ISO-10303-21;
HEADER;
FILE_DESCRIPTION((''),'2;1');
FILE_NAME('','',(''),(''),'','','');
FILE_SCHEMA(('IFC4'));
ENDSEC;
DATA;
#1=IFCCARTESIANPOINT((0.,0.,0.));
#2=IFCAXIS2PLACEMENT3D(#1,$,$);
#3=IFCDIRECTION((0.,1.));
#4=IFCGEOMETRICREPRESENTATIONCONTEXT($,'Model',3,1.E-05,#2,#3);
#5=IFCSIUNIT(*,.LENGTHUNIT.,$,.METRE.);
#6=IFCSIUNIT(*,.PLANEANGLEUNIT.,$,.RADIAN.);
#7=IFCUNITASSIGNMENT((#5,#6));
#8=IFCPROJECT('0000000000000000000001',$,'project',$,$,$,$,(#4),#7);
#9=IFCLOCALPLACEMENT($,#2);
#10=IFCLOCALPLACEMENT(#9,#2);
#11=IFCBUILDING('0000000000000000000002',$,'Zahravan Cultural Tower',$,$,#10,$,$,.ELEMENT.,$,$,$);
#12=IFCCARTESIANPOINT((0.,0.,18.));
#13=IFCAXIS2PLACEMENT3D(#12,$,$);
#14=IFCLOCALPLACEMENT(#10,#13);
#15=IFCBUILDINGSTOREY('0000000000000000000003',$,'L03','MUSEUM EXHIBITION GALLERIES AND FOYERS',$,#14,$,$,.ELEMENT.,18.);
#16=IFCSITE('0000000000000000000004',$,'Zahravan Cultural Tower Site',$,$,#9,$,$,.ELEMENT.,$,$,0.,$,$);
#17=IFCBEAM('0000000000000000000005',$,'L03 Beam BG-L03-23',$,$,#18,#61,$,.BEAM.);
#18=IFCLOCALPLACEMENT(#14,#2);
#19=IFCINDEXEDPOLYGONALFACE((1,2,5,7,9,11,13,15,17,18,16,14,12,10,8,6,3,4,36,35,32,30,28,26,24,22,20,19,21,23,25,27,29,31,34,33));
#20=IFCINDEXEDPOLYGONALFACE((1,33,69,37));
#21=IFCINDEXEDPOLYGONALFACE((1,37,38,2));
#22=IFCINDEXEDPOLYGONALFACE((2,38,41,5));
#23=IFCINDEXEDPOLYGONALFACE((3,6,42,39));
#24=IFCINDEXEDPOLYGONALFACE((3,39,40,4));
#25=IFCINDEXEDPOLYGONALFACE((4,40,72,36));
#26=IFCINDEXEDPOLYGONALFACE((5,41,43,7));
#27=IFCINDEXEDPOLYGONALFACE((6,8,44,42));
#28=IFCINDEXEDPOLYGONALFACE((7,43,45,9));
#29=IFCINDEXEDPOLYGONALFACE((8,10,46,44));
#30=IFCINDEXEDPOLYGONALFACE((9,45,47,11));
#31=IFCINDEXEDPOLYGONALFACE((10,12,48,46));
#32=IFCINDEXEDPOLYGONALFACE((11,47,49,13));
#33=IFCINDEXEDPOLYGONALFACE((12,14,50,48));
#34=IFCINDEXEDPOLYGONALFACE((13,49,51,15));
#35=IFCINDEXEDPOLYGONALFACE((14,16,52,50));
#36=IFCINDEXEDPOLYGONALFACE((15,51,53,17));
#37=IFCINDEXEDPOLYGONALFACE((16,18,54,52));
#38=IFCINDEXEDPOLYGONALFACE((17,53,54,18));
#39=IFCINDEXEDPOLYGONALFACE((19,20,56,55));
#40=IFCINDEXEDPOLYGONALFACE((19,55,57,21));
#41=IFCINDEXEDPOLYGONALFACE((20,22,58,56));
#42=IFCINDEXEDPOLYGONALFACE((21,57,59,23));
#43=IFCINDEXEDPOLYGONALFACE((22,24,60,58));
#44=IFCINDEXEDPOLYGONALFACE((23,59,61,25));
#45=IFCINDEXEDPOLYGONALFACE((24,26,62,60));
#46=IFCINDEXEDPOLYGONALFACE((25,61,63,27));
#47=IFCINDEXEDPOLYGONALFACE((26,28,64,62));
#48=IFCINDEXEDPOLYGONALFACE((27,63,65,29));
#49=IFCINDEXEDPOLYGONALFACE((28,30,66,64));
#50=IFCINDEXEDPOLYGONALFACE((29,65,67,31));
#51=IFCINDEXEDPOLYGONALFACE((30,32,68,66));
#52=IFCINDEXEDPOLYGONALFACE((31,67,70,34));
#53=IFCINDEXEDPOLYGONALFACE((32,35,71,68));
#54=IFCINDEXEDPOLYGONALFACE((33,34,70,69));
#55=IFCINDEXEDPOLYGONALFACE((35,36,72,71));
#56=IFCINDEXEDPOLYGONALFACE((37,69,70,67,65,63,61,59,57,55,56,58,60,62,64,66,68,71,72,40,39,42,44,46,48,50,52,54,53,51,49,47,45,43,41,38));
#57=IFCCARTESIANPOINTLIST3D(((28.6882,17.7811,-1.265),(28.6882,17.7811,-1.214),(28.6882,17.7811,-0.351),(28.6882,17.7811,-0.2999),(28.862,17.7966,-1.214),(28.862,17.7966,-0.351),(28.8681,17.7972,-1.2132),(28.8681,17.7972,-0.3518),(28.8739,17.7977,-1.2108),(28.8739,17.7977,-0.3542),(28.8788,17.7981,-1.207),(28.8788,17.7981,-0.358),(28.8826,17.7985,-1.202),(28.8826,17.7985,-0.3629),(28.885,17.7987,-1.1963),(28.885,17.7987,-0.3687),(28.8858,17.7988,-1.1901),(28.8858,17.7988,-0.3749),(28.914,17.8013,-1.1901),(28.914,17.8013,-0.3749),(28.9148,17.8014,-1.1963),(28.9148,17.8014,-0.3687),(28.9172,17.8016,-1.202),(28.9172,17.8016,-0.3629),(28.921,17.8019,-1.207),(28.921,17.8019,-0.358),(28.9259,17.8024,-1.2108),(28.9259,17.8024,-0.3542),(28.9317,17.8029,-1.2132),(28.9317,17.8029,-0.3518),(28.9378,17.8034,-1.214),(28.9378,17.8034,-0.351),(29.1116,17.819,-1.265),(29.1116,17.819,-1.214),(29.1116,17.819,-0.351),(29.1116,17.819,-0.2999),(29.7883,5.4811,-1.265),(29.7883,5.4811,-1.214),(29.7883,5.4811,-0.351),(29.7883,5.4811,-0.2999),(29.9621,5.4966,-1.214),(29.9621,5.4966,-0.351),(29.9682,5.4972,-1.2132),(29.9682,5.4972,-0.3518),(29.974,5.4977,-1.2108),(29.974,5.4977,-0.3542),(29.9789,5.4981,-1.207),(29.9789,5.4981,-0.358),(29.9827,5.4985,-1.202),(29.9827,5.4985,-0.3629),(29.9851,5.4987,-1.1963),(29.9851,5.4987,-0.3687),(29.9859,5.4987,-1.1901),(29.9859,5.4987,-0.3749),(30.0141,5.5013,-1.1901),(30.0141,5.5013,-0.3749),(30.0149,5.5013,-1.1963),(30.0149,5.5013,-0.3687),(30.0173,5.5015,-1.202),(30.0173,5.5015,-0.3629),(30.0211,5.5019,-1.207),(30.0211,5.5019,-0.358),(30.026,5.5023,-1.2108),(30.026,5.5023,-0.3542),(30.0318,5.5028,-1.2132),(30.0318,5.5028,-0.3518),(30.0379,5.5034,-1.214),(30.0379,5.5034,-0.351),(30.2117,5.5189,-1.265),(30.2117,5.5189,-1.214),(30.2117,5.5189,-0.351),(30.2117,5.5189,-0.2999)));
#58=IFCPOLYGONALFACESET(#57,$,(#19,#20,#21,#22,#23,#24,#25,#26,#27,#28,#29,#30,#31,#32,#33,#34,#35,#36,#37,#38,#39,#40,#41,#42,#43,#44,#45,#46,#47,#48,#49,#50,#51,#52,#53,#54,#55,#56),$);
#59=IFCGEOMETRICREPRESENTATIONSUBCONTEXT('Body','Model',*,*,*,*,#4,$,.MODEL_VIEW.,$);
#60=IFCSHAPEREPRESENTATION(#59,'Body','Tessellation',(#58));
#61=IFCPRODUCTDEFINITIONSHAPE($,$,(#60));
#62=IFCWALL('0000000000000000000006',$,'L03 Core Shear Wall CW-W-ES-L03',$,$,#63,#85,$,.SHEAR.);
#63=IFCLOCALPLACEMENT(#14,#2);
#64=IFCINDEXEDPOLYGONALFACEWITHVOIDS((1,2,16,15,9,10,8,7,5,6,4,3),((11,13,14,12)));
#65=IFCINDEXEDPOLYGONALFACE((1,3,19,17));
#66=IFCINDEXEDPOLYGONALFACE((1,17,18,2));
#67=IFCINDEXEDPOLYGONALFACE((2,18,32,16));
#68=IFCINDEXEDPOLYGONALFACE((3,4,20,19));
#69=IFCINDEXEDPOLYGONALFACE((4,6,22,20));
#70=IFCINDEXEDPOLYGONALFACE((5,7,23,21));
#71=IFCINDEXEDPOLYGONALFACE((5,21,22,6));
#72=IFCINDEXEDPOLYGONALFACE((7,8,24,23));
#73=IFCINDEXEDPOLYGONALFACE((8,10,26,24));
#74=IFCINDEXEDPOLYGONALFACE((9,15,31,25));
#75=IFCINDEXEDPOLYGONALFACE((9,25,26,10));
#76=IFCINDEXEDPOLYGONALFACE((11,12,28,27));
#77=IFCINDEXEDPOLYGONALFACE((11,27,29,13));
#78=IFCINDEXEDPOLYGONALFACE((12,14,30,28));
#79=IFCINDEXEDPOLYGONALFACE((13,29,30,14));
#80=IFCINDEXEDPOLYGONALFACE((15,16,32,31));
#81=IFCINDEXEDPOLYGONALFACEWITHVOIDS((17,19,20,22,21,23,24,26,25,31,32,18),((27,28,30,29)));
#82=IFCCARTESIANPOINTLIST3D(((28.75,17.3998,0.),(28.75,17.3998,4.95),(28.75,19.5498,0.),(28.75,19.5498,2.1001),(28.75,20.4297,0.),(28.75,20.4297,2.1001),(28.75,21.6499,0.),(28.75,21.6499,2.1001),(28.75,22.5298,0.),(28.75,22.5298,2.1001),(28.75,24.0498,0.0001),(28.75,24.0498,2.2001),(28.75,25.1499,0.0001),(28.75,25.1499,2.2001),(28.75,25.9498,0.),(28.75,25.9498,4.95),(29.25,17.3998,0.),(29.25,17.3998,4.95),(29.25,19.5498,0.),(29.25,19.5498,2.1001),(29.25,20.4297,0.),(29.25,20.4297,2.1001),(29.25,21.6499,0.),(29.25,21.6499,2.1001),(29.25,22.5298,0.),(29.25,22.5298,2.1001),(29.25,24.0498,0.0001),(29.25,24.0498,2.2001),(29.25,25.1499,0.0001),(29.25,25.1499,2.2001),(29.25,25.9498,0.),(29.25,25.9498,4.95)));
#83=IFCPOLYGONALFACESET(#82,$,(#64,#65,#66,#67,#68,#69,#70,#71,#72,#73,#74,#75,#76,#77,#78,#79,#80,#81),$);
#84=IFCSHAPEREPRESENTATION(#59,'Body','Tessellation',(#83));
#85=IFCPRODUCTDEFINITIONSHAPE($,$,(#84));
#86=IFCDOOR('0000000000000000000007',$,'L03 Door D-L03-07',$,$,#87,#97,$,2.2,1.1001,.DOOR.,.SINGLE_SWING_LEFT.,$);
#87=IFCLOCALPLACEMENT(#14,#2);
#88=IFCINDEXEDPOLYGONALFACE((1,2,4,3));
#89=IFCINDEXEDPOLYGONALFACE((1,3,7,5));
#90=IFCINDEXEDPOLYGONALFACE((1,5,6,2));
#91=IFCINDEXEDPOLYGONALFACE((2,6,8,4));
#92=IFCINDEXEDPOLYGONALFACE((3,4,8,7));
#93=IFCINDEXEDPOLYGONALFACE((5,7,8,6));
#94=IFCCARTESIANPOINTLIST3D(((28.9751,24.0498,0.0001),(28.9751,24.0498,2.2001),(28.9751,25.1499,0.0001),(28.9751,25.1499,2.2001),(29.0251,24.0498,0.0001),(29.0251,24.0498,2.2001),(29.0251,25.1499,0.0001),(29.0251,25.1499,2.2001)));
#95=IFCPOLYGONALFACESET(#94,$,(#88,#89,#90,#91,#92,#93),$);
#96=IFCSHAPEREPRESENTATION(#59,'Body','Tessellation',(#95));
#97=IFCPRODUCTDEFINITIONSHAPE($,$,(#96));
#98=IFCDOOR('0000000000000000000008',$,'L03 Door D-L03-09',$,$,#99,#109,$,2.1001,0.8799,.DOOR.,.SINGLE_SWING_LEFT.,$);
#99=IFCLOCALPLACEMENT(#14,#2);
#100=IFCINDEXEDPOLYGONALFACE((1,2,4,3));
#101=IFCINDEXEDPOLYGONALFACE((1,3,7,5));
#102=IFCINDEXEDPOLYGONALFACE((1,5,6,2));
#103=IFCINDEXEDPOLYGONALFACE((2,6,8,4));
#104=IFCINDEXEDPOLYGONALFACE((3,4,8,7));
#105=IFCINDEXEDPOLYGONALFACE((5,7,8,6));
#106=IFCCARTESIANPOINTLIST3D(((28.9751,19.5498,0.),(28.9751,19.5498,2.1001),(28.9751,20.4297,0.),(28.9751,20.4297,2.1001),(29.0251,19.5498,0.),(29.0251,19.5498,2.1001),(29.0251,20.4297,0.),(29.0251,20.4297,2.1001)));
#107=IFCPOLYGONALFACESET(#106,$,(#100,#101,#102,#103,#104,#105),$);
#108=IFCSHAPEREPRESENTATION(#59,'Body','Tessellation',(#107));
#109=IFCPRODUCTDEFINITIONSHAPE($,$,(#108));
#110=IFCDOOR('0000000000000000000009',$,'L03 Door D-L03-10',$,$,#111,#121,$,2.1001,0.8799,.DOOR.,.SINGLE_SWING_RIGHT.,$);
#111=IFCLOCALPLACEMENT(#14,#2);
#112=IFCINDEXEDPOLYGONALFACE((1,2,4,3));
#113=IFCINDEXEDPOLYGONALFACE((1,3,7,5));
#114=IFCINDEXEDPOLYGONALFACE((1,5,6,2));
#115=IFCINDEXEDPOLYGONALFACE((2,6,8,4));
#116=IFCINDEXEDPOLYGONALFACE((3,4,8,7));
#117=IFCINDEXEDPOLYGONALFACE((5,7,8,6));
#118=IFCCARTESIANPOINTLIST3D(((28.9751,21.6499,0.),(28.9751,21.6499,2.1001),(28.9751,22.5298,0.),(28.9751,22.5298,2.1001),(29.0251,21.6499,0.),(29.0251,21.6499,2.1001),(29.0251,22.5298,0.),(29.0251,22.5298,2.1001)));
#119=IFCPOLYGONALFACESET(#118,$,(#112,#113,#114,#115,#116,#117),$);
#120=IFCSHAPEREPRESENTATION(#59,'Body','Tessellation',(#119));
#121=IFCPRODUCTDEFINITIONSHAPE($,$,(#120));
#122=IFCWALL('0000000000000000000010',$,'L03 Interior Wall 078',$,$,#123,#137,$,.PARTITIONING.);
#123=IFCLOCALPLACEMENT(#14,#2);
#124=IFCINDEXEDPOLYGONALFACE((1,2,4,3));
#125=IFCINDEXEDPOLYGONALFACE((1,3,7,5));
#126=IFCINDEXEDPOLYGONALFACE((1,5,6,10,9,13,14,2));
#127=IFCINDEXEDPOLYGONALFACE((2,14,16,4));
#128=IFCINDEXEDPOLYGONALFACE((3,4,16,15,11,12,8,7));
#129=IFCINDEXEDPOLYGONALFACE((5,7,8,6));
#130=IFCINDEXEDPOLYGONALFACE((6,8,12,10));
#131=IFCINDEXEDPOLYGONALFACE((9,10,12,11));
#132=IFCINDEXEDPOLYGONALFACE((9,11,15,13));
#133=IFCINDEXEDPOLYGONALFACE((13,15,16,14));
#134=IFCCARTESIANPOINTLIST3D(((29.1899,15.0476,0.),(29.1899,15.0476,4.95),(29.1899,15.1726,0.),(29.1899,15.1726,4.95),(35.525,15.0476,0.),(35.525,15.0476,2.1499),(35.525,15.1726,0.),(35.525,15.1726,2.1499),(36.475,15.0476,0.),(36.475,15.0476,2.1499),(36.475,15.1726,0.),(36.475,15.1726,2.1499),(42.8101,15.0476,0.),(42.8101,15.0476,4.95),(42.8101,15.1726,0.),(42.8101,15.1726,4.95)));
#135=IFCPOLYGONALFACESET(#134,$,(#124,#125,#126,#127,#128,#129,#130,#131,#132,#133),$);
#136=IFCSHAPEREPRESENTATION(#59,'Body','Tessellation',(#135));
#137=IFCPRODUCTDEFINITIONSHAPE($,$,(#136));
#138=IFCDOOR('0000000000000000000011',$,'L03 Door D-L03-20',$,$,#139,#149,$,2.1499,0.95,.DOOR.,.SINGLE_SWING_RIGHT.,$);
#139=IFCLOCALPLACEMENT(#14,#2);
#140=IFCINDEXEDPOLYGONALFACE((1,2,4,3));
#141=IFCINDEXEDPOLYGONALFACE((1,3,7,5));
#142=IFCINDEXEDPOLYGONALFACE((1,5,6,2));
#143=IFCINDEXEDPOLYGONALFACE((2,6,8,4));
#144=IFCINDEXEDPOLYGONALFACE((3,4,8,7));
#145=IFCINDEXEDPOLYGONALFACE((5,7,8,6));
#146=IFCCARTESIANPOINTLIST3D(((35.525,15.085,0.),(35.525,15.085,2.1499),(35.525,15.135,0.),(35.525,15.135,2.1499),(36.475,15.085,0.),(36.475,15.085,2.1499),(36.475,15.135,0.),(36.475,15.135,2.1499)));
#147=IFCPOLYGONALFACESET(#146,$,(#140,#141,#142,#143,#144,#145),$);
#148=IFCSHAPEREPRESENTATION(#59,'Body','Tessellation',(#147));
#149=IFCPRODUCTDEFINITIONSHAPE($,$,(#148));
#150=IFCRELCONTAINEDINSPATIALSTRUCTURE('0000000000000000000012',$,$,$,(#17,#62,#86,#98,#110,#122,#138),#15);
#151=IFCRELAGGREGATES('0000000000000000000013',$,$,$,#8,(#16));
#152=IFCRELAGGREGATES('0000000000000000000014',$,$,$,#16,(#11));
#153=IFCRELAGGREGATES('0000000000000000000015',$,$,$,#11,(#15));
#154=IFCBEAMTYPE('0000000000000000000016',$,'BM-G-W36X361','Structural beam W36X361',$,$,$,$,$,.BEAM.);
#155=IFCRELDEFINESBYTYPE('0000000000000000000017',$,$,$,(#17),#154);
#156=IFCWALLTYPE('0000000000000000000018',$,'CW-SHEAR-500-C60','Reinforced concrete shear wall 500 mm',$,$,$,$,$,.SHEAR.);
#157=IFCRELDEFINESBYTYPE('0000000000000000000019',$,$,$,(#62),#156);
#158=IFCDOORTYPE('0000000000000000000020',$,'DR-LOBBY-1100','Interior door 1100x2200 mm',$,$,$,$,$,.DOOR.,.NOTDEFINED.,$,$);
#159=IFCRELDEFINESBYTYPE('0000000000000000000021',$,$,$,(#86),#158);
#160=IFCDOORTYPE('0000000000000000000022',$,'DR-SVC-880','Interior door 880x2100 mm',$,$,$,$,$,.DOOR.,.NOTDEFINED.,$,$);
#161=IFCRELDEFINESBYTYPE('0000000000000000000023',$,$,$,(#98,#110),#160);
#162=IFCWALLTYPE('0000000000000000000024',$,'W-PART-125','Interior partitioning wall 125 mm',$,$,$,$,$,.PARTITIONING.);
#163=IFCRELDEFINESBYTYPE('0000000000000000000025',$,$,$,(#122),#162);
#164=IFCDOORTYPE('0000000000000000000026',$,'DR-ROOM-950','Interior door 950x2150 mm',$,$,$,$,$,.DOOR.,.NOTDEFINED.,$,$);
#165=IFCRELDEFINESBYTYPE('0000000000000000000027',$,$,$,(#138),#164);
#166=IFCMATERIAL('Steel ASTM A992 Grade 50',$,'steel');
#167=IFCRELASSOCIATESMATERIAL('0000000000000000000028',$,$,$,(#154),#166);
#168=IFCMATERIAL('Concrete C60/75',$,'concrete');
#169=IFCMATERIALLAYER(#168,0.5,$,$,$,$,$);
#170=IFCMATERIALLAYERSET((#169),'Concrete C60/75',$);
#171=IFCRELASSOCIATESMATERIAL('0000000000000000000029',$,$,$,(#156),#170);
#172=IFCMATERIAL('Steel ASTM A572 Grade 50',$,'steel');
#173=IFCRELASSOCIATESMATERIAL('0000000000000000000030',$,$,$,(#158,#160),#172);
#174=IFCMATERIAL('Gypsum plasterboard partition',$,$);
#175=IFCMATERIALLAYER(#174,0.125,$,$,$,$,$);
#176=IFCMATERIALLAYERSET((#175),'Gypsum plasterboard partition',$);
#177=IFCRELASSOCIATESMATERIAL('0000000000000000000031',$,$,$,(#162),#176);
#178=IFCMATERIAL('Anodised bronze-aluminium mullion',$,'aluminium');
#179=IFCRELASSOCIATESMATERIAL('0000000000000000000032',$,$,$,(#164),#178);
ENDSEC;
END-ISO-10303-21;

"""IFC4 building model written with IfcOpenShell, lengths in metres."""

from ifc_helpers import new_model, si_unit, direction, frame, frame_2d, origin, origin_2d, place, context, subcontext, project, spatial, rectangle, i_section, extrude, source, transform, mapped, material, layer, layer_set, material_profile, profile_set, type_object, element, fill, save


model = new_model("IFC4")

# Units and contexts
model_context = context("Model", 3, precision=1e-05, world=origin(), true_north=direction((0.0, 1.0)))
body_context = subcontext(model_context, "Body", "Model", "MODEL_VIEW")
ifc_project = project(units=[si_unit("LENGTHUNIT", "METRE"), si_unit("PLANEANGLEUNIT", "RADIAN")], contexts=[model_context])

# Site, building, storey
site_placement = place(None, origin())
site = spatial("IfcSite", under=ifc_project, at=site_placement, Name="Zahravan Cultural Tower Site", CompositionType="ELEMENT", RefElevation=0.0)
building_placement = place(site_placement, origin())
building = spatial("IfcBuilding", under=site, at=building_placement, Name="Zahravan Cultural Tower", CompositionType="ELEMENT")
storey_placement = place(building_placement, frame((0.0, 0.0, 18.0)))
storey = spatial("IfcBuildingStorey", under=building, at=storey_placement, Name="L03", Description="MUSEUM EXHIBITION GALLERIES AND FOYERS", CompositionType="ELEMENT", Elevation=18.0)

# Shared definitions
ifc_material_1 = material(Name="Concrete C60/75", Category="concrete")
ifc_material_2 = material(Name="Steel ASTM A572 Grade 50", Category="steel")

# Beam
ifc_material_3 = material(Name="Steel ASTM A992 Grade 50", Category="steel")
ifc_material_profile_1 = material_profile(ifc_material_3, i_section(OverallWidth=0.425, OverallDepth=0.9651, WebThickness=0.0283, FlangeThickness=0.051, FilletRadius=0.0239, at=origin_2d()), Name="W36X361")
ifc_profile_set_1 = profile_set([ifc_material_profile_1], Name="Steel ASTM A992 Grade 50")
beam_type_1 = type_object("IfcBeamType", Name="BM-G-W36X361", Description="Structural beam W36X361", PredefinedType="BEAM", material=ifc_profile_set_1)
shared_shape_1 = source(origin(), body_context, "Body", "SweptSolid", [
    extrude(i_section(OverallWidth=0.425, OverallDepth=0.9651, WebThickness=0.0283, FlangeThickness=0.051, FilletRadius=0.0239, at=origin_2d()), origin(), (0.0, 0.0, 1.0), 12.3491),
])
beam_1_placement = place(storey_placement, frame((30.0, 5.5, -0.7825), z_axis=(-0.089083, 0.996024, 0.0), x_axis=(-0.996024, -0.089083, 0.0)))
element("IfcBeam", 1, at=beam_1_placement, inside=storey, type_object=beam_type_1, Name="L03 Beam BG-L03-23", PredefinedType="BEAM", context=body_context, shape_type="MappedRepresentation", body=[
    mapped(shared_shape_1, transform((0.0, 0.0, 0.0), x_axis=(1.0, 0.0, 0.0), y_axis=(0.0, 1.0, 0.0), z_axis=(0.0, 0.0, 1.0), scale=1.0)),
])

# Wall, openings, doors
ifc_layer_1 = layer(ifc_material_1, 0.5)
ifc_layer_set_1 = layer_set([ifc_layer_1], Name="Concrete C60/75")
wall_type_1 = type_object("IfcWallType", Name="CW-SHEAR-500-C60", Description="Reinforced concrete shear wall 500 mm", PredefinedType="SHEAR", material=ifc_layer_set_1)
wall_1_placement = place(storey_placement, frame((29.0, 17.3999, 0.0), z_axis=(0.0, 0.0, 1.0), x_axis=(0.0, 1.0, 0.0)))
wall_1 = element("IfcWall", 2, at=wall_1_placement, inside=storey, type_object=wall_type_1, Name="L03 Core Shear Wall CW-W-ES-L03", PredefinedType="SHEAR", context=body_context, shape_type="SweptSolid", body=[
    extrude(rectangle(XDim=8.55, YDim=0.5, at=frame_2d((4.2749, 0.0))), origin(), (0.0, 0.0, 1.0), 4.95),
])
opening_1_placement = place(wall_1_placement, frame((6.6499, 0.0, 0.0)))
opening_1 = element("IfcOpeningElement", 3, at=opening_1_placement, cuts=wall_1, PredefinedType="OPENING", context=body_context, shape_type="SweptSolid", body=[
    extrude(rectangle(XDim=1.1001, YDim=2.2, at=frame_2d((0.55, 1.1001))), frame((0.0, 0.26, 0.0), z_axis=(0.0, -1.0, 0.0), x_axis=(1.0, 0.0, 0.0)), (0.0, 0.0, 1.0), 0.52),
])
opening_2_placement = place(wall_1_placement, frame((2.1499, 0.0, 0.0)))
opening_2 = element("IfcOpeningElement", 4, at=opening_2_placement, cuts=wall_1, PredefinedType="OPENING", context=body_context, shape_type="SweptSolid", body=[
    extrude(rectangle(XDim=0.8799, YDim=2.1001, at=frame_2d((0.4399, 1.05))), frame((0.0, 0.26, 0.0), z_axis=(0.0, -1.0, 0.0), x_axis=(1.0, 0.0, 0.0)), (0.0, 0.0, 1.0), 0.52),
])
opening_3_placement = place(wall_1_placement, frame((4.25, 0.0, 0.0)))
opening_3 = element("IfcOpeningElement", 5, at=opening_3_placement, cuts=wall_1, PredefinedType="OPENING", context=body_context, shape_type="SweptSolid", body=[
    extrude(rectangle(XDim=0.8799, YDim=2.1001, at=frame_2d((0.4399, 1.05))), frame((0.0, 0.26, 0.0), z_axis=(0.0, -1.0, 0.0), x_axis=(1.0, 0.0, 0.0)), (0.0, 0.0, 1.0), 0.52),
])
door_type_1 = type_object("IfcDoorType", Name="DR-LOBBY-1100", Description="Interior door 1100x2200 mm", OperationType="NOTDEFINED", PredefinedType="DOOR", material=ifc_material_2)
shared_shape_2 = source(origin(), body_context, "Body", "SweptSolid", [
    extrude(rectangle(XDim=1.1001, YDim=2.2, at=frame_2d((0.55, 1.1001))), frame((0.0, 0.0249, 0.0), z_axis=(0.0, -1.0, 0.0), x_axis=(1.0, 0.0, 0.0)), (0.0, 0.0, 1.0), 0.05),
])
door_1_placement = place(opening_1_placement, origin())
door_1 = element("IfcDoor", 6, at=door_1_placement, inside=storey, type_object=door_type_1, Name="L03 Door D-L03-07", OperationType="SINGLE_SWING_LEFT", OverallHeight=2.2, OverallWidth=1.1001, PredefinedType="DOOR", context=body_context, shape_type="MappedRepresentation", body=[
    mapped(shared_shape_2, transform((0.0, 0.0, 0.0), x_axis=(1.0, 0.0, 0.0), y_axis=(0.0, 1.0, 0.0), z_axis=(0.0, 0.0, 1.0), scale=1.0)),
])
fill(opening_1, door_1)
door_type_2 = type_object("IfcDoorType", Name="DR-SVC-880", Description="Interior door 880x2100 mm", OperationType="NOTDEFINED", PredefinedType="DOOR", material=ifc_material_2)
shared_shape_3 = source(origin(), body_context, "Body", "SweptSolid", [
    extrude(rectangle(XDim=0.8799, YDim=2.1001, at=frame_2d((0.4399, 1.05))), frame((0.0, 0.0249, 0.0), z_axis=(0.0, -1.0, 0.0), x_axis=(1.0, 0.0, 0.0)), (0.0, 0.0, 1.0), 0.05),
])
door_2_placement = place(opening_2_placement, origin())
door_2 = element("IfcDoor", 7, at=door_2_placement, inside=storey, type_object=door_type_2, Name="L03 Door D-L03-09", OperationType="SINGLE_SWING_LEFT", OverallHeight=2.1001, OverallWidth=0.8799, PredefinedType="DOOR", context=body_context, shape_type="MappedRepresentation", body=[
    mapped(shared_shape_3, transform((0.0, 0.0, 0.0), x_axis=(1.0, 0.0, 0.0), y_axis=(0.0, 1.0, 0.0), z_axis=(0.0, 0.0, 1.0), scale=1.0)),
])
fill(opening_2, door_2)
door_3_placement = place(opening_3_placement, origin())
door_3 = element("IfcDoor", 8, at=door_3_placement, inside=storey, type_object=door_type_2, Name="L03 Door D-L03-10", OperationType="SINGLE_SWING_RIGHT", OverallHeight=2.1001, OverallWidth=0.8799, PredefinedType="DOOR", context=body_context, shape_type="MappedRepresentation", body=[
    mapped(shared_shape_3, transform((0.0, 0.0, 0.0), x_axis=(1.0, 0.0, 0.0), y_axis=(0.0, 1.0, 0.0), z_axis=(0.0, 0.0, 1.0), scale=1.0)),
])
fill(opening_3, door_3)

# Wall, opening, door
ifc_material_4 = material(Name="Gypsum plasterboard partition")
ifc_layer_2 = layer(ifc_material_4, 0.125)
ifc_layer_set_2 = layer_set([ifc_layer_2], Name="Gypsum plasterboard partition")
wall_type_2 = type_object("IfcWallType", Name="W-PART-125", Description="Interior partitioning wall 125 mm", PredefinedType="PARTITIONING", material=ifc_layer_set_2)
wall_2_placement = place(storey_placement, frame((29.1899, 15.1101, 0.0), z_axis=(0.0, 0.0, 1.0), x_axis=(1.0, 0.0, 0.0)))
wall_2 = element("IfcWall", 9, at=wall_2_placement, inside=storey, type_object=wall_type_2, Name="L03 Interior Wall 078", PredefinedType="PARTITIONING", context=body_context, shape_type="SweptSolid", body=[
    extrude(rectangle(XDim=13.6201, YDim=0.125, at=frame_2d((6.8101, 0.0))), origin(), (0.0, 0.0, 1.0), 4.95),
])
opening_4_placement = place(wall_2_placement, frame((6.335, 0.0, 0.0)))
opening_4 = element("IfcOpeningElement", 10, at=opening_4_placement, cuts=wall_2, PredefinedType="OPENING", context=body_context, shape_type="SweptSolid", body=[
    extrude(rectangle(XDim=0.95, YDim=2.1499, at=frame_2d((0.4751, 1.075))), frame((0.0, 0.0725, 0.0), z_axis=(0.0, -1.0, 0.0), x_axis=(1.0, 0.0, 0.0)), (0.0, 0.0, 1.0), 0.145),
])
ifc_material_5 = material(Name="Anodised bronze-aluminium mullion", Category="aluminium")
door_type_3 = type_object("IfcDoorType", Name="DR-ROOM-950", Description="Interior door 950x2150 mm", OperationType="NOTDEFINED", PredefinedType="DOOR", material=ifc_material_5)
shared_shape_4 = source(origin(), body_context, "Body", "SweptSolid", [
    extrude(rectangle(XDim=0.95, YDim=2.1499, at=frame_2d((0.4751, 1.075))), frame((0.0, 0.0249, 0.0), z_axis=(0.0, -1.0, 0.0), x_axis=(1.0, 0.0, 0.0)), (0.0, 0.0, 1.0), 0.05),
])
door_4_placement = place(opening_4_placement, origin())
door_4 = element("IfcDoor", 11, at=door_4_placement, inside=storey, type_object=door_type_3, Name="L03 Door D-L03-20", OperationType="SINGLE_SWING_RIGHT", OverallHeight=2.1499, OverallWidth=0.95, PredefinedType="DOOR", context=body_context, shape_type="MappedRepresentation", body=[
    mapped(shared_shape_4, transform((0.0, 0.0, 0.0), x_axis=(1.0, 0.0, 0.0), y_axis=(0.0, 1.0, 0.0), z_axis=(0.0, 0.0, 1.0), scale=1.0)),
])
fill(opening_4, door_4)

save(model, "model.ifc")
